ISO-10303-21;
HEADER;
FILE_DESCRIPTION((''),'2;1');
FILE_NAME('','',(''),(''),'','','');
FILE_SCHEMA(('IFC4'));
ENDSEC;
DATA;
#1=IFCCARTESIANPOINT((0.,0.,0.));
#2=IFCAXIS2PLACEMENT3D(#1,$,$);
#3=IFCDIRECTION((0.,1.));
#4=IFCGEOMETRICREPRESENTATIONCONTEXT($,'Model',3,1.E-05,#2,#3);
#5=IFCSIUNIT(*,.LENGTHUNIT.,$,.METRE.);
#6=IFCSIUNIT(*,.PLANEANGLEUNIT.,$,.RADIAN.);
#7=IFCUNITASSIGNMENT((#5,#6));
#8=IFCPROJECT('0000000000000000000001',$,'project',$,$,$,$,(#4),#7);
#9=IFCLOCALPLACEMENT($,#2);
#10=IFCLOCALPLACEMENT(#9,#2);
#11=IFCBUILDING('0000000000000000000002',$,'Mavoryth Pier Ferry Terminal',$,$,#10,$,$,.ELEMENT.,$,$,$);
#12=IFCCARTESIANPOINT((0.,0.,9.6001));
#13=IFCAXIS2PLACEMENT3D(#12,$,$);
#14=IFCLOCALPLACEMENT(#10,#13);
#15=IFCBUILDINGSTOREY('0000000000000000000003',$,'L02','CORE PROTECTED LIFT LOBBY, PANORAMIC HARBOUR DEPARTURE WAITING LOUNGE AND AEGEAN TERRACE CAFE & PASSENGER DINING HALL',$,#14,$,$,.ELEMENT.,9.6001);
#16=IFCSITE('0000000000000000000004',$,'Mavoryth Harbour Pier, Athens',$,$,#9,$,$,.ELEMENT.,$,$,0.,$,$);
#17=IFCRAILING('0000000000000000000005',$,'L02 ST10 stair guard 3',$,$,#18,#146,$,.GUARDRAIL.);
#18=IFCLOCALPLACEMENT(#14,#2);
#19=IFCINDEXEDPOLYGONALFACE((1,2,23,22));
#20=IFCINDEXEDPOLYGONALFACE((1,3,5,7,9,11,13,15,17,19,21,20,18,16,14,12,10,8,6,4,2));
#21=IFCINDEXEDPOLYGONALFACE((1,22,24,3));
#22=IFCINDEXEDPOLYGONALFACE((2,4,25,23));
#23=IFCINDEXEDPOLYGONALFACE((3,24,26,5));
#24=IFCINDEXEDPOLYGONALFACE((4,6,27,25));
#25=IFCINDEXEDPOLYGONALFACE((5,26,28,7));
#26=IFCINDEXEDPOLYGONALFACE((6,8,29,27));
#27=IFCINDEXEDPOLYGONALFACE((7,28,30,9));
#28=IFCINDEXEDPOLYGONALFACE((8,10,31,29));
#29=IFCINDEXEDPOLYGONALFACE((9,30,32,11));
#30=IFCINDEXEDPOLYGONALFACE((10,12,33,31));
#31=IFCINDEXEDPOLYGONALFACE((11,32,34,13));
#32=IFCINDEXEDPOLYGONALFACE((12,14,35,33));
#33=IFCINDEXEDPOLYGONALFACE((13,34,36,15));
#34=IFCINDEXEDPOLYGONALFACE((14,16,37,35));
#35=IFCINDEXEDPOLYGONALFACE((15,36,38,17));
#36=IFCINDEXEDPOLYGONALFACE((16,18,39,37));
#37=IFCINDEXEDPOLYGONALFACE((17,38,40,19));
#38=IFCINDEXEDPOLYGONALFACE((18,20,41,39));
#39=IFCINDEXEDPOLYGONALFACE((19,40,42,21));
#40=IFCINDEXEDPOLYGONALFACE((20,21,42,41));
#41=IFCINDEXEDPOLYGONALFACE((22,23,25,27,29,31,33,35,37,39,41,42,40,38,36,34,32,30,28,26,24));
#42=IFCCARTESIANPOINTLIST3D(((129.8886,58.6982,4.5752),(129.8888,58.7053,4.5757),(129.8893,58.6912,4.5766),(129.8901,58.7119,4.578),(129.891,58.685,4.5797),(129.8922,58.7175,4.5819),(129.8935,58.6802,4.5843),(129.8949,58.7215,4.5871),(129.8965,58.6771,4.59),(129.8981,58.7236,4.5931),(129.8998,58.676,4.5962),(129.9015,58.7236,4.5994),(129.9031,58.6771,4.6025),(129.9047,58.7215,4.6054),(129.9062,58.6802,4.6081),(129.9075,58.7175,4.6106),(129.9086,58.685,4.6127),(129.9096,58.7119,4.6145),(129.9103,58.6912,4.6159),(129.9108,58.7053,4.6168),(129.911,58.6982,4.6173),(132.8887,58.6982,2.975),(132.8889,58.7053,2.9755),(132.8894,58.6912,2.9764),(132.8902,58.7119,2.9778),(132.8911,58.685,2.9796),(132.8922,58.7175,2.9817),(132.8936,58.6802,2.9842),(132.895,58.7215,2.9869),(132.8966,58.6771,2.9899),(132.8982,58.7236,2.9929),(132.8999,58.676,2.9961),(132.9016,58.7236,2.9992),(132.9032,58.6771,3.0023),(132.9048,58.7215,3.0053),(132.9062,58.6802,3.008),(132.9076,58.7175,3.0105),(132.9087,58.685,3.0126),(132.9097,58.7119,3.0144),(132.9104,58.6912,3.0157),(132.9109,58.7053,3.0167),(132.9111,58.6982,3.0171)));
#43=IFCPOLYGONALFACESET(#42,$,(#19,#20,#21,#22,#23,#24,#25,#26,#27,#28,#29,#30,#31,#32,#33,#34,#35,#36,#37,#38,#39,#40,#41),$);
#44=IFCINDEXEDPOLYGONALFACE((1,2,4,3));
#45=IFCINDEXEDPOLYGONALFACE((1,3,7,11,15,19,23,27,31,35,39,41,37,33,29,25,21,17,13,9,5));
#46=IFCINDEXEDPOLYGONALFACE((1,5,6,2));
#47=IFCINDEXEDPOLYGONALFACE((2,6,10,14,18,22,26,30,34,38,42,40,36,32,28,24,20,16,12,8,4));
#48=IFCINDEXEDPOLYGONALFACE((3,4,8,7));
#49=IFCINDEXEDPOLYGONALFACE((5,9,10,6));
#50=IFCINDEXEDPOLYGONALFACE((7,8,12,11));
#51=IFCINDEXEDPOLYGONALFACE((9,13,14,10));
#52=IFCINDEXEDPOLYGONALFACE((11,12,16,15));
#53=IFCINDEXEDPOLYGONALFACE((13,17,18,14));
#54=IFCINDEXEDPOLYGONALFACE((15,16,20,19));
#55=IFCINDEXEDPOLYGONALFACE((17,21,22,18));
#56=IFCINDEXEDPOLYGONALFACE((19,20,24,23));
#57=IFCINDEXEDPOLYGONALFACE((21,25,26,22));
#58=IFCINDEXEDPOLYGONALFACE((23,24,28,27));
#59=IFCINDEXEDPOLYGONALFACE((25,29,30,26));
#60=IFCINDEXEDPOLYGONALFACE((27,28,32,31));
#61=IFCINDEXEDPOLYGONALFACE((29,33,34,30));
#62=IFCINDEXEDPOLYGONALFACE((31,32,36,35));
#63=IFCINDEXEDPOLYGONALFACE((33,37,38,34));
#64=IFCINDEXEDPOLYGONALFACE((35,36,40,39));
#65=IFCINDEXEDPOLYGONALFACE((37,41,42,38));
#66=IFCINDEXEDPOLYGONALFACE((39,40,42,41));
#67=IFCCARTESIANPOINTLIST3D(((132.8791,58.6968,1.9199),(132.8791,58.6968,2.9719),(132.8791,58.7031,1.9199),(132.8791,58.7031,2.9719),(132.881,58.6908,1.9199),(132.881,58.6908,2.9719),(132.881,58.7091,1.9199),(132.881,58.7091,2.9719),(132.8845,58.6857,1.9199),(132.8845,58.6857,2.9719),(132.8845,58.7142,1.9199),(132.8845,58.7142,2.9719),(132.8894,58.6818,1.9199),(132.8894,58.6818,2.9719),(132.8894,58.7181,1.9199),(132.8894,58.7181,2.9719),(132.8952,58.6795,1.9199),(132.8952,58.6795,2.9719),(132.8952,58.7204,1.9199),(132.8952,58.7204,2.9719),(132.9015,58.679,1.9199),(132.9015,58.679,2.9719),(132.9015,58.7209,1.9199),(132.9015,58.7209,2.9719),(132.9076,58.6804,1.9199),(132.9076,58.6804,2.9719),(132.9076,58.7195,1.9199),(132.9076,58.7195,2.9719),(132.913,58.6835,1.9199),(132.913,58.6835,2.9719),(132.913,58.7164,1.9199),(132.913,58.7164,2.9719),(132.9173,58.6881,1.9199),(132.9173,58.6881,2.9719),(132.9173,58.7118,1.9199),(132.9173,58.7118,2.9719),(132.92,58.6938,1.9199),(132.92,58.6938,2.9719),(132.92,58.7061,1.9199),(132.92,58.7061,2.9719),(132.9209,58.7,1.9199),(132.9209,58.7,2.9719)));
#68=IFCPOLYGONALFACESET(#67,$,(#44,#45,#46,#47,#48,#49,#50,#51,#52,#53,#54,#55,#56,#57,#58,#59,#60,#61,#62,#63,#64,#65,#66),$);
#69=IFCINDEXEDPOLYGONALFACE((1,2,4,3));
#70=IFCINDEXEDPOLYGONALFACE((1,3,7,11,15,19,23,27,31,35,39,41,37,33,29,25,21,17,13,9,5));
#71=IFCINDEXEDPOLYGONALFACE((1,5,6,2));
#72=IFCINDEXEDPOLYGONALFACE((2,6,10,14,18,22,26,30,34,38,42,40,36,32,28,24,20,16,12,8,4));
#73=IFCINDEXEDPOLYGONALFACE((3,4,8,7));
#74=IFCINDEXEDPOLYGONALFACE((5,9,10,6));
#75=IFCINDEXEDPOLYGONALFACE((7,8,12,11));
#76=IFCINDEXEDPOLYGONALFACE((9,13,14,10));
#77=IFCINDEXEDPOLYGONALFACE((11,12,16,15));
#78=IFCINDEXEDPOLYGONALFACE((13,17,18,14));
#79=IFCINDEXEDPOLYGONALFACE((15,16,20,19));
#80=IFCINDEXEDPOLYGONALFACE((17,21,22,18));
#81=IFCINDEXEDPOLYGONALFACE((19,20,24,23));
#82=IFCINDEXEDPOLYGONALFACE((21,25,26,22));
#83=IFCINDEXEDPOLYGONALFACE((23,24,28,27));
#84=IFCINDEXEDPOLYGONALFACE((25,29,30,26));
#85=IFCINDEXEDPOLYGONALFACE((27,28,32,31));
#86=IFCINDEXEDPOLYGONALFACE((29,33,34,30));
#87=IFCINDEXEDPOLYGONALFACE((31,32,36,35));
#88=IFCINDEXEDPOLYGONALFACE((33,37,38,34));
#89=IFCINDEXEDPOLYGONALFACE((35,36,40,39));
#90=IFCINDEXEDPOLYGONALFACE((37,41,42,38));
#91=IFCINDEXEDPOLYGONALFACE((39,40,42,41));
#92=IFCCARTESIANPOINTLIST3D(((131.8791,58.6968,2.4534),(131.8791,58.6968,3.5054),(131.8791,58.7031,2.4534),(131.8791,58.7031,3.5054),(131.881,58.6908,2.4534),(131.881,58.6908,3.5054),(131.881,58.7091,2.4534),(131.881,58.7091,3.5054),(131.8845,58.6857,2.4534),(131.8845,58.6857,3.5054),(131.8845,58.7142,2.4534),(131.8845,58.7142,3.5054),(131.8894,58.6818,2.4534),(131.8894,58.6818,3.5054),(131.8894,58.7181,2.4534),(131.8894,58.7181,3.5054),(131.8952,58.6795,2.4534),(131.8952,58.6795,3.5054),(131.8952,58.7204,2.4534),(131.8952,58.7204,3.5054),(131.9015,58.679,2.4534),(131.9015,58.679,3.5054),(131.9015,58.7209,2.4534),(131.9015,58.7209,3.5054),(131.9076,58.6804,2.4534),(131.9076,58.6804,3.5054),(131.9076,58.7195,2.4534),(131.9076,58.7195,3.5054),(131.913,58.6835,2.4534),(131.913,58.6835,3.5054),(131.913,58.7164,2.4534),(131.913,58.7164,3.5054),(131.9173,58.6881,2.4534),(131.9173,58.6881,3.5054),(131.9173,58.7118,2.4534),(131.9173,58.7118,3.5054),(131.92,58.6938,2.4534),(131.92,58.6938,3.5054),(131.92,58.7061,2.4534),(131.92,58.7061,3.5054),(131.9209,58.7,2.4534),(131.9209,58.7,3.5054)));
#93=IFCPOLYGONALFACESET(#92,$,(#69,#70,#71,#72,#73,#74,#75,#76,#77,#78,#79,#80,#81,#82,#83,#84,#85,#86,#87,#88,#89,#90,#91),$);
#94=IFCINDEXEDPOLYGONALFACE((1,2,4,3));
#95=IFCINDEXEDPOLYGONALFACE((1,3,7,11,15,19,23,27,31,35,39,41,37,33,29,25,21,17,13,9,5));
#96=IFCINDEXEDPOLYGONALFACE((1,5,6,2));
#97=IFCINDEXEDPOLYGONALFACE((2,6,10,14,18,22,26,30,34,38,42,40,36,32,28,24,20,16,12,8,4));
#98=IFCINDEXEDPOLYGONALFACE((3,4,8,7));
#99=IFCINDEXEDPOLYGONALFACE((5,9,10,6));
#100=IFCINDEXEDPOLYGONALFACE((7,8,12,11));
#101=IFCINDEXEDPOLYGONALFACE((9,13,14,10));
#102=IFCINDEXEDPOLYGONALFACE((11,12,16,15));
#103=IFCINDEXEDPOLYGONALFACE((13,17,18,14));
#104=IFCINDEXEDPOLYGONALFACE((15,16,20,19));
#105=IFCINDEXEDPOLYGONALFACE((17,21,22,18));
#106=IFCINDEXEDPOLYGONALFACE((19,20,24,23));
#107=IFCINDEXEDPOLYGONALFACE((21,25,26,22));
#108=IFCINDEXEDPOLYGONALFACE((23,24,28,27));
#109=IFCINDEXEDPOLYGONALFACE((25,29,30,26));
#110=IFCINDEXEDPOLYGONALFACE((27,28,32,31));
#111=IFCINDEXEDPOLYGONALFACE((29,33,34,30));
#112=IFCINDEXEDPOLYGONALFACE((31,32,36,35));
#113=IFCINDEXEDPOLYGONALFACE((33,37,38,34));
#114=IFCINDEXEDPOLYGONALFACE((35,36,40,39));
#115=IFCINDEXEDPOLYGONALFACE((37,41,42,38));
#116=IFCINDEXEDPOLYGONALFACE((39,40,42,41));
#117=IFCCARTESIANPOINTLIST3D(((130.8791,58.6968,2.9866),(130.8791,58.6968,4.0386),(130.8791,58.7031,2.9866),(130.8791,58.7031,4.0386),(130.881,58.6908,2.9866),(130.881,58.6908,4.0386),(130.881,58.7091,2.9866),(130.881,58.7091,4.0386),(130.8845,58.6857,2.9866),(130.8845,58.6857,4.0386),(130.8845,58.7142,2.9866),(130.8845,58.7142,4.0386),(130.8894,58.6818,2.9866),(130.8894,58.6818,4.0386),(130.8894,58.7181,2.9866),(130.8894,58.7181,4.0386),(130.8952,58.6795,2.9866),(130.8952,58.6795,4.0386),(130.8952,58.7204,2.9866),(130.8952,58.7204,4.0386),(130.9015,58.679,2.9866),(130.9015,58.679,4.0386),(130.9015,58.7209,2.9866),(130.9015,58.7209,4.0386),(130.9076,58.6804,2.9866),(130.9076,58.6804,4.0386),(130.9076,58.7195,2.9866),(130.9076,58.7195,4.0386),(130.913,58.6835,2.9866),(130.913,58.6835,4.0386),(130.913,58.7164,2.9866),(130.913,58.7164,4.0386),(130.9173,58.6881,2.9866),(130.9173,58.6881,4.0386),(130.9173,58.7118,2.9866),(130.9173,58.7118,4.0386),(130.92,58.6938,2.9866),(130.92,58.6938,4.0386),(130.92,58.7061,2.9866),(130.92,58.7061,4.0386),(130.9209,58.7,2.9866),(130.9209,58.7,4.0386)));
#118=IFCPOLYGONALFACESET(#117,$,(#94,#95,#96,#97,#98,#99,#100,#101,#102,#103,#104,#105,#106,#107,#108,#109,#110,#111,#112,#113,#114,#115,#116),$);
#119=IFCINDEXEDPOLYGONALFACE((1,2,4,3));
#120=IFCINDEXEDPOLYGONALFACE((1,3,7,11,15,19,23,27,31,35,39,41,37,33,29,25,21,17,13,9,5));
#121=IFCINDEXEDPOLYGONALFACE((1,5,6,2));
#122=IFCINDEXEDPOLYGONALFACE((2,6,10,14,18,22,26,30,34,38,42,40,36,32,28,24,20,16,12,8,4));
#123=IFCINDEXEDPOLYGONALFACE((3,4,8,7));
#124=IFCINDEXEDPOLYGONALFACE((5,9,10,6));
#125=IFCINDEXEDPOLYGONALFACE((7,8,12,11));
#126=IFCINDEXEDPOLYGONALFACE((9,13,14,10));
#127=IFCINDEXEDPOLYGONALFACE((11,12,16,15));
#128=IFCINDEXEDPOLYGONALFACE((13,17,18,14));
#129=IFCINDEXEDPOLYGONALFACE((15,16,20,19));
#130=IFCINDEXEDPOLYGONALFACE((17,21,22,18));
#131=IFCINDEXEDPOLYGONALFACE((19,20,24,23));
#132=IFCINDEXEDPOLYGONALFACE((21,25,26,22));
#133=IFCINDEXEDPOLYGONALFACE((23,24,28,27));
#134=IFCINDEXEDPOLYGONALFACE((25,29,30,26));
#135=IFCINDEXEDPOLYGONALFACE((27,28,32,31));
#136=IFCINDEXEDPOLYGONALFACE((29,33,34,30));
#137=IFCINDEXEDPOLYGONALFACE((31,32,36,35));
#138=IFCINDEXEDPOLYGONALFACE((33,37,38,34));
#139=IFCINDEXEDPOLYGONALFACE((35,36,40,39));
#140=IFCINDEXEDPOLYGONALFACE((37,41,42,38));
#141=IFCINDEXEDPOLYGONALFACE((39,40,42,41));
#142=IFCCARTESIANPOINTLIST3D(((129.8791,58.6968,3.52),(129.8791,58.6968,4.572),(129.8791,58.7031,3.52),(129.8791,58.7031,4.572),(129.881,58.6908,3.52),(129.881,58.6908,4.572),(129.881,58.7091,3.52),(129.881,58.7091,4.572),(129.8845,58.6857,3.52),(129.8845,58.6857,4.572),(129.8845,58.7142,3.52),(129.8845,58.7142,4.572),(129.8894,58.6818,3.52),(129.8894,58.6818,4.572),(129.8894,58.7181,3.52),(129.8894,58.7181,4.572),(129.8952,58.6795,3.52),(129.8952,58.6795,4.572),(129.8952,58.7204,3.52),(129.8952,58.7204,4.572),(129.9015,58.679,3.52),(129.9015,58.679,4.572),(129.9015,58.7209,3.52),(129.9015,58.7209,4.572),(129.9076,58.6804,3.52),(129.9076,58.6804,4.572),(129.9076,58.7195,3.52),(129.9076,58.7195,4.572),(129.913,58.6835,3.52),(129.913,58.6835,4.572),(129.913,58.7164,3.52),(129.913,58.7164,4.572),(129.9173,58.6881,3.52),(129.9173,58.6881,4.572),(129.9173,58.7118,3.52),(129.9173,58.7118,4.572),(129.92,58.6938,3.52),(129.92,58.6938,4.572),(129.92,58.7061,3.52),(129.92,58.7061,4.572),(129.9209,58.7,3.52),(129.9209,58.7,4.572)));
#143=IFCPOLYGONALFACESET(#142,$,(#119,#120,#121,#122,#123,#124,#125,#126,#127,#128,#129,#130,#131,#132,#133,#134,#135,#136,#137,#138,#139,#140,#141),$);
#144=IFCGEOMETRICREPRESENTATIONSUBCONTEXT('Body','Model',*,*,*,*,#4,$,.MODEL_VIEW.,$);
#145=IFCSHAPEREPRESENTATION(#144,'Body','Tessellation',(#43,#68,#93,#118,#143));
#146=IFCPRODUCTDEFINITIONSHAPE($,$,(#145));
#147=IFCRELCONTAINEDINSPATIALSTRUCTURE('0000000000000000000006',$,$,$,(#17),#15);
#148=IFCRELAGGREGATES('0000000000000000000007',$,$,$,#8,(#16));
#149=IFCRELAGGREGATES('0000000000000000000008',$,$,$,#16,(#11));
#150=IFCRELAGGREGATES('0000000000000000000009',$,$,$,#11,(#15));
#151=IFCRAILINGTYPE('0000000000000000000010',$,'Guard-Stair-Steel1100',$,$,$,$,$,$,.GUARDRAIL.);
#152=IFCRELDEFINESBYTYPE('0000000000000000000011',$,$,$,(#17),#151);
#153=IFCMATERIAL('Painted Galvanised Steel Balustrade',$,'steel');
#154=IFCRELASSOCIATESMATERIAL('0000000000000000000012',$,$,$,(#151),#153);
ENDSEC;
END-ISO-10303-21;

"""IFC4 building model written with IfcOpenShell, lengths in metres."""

from ifc_helpers import new_model, si_unit, direction, frame, origin, origin_2d, place, context, subcontext, project, spatial, circle, extrude, material, type_object, element, save


model = new_model("IFC4")

# Units and contexts
model_context = context("Model", 3, precision=1e-05, world=origin(), true_north=direction((0.0, 1.0)))
body_context = subcontext(model_context, "Body", "Model", "MODEL_VIEW")
ifc_project = project(units=[si_unit("LENGTHUNIT", "METRE"), si_unit("PLANEANGLEUNIT", "RADIAN")], contexts=[model_context])

# Site, building, storey
site_placement = place(None, origin())
site = spatial("IfcSite", under=ifc_project, at=site_placement, Name="Mavoryth Harbour Pier, Athens", CompositionType="ELEMENT", RefElevation=0.0)
building_placement = place(site_placement, origin())
building = spatial("IfcBuilding", under=site, at=building_placement, Name="Mavoryth Pier Ferry Terminal", CompositionType="ELEMENT")
storey_placement = place(building_placement, frame((0.0, 0.0, 9.6001)))
storey = spatial("IfcBuildingStorey", under=building, at=storey_placement, Name="L02", Description="CORE PROTECTED LIFT LOBBY, PANORAMIC HARBOUR DEPARTURE WAITING LOUNGE AND AEGEAN TERRACE CAFE & PASSENGER DINING HALL", CompositionType="ELEMENT", Elevation=9.6001)

# Railing
ifc_material_1 = material(Name="Painted Galvanised Steel Balustrade", Category="steel")
railing_type_1 = type_object("IfcRailingType", Name="Guard-Stair-Steel1100", PredefinedType="GUARDRAIL", material=ifc_material_1)
railing_1_placement = place(storey_placement, frame((132.8999, 58.7, 1.9199)))
element("IfcRailing", 1, at=railing_1_placement, inside=storey, type_object=railing_type_1, Name="L02 ST10 stair guard 3", PredefinedType="GUARDRAIL", context=body_context, shape_type="SweptSolid", body=[
    extrude(circle(Radius=0.0239, at=origin_2d()), frame((0.0, 0.0, 1.0762), z_axis=(-0.882341, 0.0, 0.470611), x_axis=(0.0, -1.0, 0.0)), (0.0, 0.0, 1.0), 3.4001),
    extrude(circle(Radius=0.021, at=origin_2d()), origin(), (0.0, 0.0, 1.0), 1.052),
    extrude(circle(Radius=0.021, at=origin_2d()), frame((-1.0, 0.0, 0.5334)), (0.0, 0.0, 1.0), 1.052),
    extrude(circle(Radius=0.021, at=origin_2d()), frame((-2.0, 0.0, 1.0667)), (0.0, 0.0, 1.0), 1.052),
    extrude(circle(Radius=0.021, at=origin_2d()), frame((-3.0, 0.0, 1.6001)), (0.0, 0.0, 1.0), 1.052),
])

save(model, "model.ifc")
